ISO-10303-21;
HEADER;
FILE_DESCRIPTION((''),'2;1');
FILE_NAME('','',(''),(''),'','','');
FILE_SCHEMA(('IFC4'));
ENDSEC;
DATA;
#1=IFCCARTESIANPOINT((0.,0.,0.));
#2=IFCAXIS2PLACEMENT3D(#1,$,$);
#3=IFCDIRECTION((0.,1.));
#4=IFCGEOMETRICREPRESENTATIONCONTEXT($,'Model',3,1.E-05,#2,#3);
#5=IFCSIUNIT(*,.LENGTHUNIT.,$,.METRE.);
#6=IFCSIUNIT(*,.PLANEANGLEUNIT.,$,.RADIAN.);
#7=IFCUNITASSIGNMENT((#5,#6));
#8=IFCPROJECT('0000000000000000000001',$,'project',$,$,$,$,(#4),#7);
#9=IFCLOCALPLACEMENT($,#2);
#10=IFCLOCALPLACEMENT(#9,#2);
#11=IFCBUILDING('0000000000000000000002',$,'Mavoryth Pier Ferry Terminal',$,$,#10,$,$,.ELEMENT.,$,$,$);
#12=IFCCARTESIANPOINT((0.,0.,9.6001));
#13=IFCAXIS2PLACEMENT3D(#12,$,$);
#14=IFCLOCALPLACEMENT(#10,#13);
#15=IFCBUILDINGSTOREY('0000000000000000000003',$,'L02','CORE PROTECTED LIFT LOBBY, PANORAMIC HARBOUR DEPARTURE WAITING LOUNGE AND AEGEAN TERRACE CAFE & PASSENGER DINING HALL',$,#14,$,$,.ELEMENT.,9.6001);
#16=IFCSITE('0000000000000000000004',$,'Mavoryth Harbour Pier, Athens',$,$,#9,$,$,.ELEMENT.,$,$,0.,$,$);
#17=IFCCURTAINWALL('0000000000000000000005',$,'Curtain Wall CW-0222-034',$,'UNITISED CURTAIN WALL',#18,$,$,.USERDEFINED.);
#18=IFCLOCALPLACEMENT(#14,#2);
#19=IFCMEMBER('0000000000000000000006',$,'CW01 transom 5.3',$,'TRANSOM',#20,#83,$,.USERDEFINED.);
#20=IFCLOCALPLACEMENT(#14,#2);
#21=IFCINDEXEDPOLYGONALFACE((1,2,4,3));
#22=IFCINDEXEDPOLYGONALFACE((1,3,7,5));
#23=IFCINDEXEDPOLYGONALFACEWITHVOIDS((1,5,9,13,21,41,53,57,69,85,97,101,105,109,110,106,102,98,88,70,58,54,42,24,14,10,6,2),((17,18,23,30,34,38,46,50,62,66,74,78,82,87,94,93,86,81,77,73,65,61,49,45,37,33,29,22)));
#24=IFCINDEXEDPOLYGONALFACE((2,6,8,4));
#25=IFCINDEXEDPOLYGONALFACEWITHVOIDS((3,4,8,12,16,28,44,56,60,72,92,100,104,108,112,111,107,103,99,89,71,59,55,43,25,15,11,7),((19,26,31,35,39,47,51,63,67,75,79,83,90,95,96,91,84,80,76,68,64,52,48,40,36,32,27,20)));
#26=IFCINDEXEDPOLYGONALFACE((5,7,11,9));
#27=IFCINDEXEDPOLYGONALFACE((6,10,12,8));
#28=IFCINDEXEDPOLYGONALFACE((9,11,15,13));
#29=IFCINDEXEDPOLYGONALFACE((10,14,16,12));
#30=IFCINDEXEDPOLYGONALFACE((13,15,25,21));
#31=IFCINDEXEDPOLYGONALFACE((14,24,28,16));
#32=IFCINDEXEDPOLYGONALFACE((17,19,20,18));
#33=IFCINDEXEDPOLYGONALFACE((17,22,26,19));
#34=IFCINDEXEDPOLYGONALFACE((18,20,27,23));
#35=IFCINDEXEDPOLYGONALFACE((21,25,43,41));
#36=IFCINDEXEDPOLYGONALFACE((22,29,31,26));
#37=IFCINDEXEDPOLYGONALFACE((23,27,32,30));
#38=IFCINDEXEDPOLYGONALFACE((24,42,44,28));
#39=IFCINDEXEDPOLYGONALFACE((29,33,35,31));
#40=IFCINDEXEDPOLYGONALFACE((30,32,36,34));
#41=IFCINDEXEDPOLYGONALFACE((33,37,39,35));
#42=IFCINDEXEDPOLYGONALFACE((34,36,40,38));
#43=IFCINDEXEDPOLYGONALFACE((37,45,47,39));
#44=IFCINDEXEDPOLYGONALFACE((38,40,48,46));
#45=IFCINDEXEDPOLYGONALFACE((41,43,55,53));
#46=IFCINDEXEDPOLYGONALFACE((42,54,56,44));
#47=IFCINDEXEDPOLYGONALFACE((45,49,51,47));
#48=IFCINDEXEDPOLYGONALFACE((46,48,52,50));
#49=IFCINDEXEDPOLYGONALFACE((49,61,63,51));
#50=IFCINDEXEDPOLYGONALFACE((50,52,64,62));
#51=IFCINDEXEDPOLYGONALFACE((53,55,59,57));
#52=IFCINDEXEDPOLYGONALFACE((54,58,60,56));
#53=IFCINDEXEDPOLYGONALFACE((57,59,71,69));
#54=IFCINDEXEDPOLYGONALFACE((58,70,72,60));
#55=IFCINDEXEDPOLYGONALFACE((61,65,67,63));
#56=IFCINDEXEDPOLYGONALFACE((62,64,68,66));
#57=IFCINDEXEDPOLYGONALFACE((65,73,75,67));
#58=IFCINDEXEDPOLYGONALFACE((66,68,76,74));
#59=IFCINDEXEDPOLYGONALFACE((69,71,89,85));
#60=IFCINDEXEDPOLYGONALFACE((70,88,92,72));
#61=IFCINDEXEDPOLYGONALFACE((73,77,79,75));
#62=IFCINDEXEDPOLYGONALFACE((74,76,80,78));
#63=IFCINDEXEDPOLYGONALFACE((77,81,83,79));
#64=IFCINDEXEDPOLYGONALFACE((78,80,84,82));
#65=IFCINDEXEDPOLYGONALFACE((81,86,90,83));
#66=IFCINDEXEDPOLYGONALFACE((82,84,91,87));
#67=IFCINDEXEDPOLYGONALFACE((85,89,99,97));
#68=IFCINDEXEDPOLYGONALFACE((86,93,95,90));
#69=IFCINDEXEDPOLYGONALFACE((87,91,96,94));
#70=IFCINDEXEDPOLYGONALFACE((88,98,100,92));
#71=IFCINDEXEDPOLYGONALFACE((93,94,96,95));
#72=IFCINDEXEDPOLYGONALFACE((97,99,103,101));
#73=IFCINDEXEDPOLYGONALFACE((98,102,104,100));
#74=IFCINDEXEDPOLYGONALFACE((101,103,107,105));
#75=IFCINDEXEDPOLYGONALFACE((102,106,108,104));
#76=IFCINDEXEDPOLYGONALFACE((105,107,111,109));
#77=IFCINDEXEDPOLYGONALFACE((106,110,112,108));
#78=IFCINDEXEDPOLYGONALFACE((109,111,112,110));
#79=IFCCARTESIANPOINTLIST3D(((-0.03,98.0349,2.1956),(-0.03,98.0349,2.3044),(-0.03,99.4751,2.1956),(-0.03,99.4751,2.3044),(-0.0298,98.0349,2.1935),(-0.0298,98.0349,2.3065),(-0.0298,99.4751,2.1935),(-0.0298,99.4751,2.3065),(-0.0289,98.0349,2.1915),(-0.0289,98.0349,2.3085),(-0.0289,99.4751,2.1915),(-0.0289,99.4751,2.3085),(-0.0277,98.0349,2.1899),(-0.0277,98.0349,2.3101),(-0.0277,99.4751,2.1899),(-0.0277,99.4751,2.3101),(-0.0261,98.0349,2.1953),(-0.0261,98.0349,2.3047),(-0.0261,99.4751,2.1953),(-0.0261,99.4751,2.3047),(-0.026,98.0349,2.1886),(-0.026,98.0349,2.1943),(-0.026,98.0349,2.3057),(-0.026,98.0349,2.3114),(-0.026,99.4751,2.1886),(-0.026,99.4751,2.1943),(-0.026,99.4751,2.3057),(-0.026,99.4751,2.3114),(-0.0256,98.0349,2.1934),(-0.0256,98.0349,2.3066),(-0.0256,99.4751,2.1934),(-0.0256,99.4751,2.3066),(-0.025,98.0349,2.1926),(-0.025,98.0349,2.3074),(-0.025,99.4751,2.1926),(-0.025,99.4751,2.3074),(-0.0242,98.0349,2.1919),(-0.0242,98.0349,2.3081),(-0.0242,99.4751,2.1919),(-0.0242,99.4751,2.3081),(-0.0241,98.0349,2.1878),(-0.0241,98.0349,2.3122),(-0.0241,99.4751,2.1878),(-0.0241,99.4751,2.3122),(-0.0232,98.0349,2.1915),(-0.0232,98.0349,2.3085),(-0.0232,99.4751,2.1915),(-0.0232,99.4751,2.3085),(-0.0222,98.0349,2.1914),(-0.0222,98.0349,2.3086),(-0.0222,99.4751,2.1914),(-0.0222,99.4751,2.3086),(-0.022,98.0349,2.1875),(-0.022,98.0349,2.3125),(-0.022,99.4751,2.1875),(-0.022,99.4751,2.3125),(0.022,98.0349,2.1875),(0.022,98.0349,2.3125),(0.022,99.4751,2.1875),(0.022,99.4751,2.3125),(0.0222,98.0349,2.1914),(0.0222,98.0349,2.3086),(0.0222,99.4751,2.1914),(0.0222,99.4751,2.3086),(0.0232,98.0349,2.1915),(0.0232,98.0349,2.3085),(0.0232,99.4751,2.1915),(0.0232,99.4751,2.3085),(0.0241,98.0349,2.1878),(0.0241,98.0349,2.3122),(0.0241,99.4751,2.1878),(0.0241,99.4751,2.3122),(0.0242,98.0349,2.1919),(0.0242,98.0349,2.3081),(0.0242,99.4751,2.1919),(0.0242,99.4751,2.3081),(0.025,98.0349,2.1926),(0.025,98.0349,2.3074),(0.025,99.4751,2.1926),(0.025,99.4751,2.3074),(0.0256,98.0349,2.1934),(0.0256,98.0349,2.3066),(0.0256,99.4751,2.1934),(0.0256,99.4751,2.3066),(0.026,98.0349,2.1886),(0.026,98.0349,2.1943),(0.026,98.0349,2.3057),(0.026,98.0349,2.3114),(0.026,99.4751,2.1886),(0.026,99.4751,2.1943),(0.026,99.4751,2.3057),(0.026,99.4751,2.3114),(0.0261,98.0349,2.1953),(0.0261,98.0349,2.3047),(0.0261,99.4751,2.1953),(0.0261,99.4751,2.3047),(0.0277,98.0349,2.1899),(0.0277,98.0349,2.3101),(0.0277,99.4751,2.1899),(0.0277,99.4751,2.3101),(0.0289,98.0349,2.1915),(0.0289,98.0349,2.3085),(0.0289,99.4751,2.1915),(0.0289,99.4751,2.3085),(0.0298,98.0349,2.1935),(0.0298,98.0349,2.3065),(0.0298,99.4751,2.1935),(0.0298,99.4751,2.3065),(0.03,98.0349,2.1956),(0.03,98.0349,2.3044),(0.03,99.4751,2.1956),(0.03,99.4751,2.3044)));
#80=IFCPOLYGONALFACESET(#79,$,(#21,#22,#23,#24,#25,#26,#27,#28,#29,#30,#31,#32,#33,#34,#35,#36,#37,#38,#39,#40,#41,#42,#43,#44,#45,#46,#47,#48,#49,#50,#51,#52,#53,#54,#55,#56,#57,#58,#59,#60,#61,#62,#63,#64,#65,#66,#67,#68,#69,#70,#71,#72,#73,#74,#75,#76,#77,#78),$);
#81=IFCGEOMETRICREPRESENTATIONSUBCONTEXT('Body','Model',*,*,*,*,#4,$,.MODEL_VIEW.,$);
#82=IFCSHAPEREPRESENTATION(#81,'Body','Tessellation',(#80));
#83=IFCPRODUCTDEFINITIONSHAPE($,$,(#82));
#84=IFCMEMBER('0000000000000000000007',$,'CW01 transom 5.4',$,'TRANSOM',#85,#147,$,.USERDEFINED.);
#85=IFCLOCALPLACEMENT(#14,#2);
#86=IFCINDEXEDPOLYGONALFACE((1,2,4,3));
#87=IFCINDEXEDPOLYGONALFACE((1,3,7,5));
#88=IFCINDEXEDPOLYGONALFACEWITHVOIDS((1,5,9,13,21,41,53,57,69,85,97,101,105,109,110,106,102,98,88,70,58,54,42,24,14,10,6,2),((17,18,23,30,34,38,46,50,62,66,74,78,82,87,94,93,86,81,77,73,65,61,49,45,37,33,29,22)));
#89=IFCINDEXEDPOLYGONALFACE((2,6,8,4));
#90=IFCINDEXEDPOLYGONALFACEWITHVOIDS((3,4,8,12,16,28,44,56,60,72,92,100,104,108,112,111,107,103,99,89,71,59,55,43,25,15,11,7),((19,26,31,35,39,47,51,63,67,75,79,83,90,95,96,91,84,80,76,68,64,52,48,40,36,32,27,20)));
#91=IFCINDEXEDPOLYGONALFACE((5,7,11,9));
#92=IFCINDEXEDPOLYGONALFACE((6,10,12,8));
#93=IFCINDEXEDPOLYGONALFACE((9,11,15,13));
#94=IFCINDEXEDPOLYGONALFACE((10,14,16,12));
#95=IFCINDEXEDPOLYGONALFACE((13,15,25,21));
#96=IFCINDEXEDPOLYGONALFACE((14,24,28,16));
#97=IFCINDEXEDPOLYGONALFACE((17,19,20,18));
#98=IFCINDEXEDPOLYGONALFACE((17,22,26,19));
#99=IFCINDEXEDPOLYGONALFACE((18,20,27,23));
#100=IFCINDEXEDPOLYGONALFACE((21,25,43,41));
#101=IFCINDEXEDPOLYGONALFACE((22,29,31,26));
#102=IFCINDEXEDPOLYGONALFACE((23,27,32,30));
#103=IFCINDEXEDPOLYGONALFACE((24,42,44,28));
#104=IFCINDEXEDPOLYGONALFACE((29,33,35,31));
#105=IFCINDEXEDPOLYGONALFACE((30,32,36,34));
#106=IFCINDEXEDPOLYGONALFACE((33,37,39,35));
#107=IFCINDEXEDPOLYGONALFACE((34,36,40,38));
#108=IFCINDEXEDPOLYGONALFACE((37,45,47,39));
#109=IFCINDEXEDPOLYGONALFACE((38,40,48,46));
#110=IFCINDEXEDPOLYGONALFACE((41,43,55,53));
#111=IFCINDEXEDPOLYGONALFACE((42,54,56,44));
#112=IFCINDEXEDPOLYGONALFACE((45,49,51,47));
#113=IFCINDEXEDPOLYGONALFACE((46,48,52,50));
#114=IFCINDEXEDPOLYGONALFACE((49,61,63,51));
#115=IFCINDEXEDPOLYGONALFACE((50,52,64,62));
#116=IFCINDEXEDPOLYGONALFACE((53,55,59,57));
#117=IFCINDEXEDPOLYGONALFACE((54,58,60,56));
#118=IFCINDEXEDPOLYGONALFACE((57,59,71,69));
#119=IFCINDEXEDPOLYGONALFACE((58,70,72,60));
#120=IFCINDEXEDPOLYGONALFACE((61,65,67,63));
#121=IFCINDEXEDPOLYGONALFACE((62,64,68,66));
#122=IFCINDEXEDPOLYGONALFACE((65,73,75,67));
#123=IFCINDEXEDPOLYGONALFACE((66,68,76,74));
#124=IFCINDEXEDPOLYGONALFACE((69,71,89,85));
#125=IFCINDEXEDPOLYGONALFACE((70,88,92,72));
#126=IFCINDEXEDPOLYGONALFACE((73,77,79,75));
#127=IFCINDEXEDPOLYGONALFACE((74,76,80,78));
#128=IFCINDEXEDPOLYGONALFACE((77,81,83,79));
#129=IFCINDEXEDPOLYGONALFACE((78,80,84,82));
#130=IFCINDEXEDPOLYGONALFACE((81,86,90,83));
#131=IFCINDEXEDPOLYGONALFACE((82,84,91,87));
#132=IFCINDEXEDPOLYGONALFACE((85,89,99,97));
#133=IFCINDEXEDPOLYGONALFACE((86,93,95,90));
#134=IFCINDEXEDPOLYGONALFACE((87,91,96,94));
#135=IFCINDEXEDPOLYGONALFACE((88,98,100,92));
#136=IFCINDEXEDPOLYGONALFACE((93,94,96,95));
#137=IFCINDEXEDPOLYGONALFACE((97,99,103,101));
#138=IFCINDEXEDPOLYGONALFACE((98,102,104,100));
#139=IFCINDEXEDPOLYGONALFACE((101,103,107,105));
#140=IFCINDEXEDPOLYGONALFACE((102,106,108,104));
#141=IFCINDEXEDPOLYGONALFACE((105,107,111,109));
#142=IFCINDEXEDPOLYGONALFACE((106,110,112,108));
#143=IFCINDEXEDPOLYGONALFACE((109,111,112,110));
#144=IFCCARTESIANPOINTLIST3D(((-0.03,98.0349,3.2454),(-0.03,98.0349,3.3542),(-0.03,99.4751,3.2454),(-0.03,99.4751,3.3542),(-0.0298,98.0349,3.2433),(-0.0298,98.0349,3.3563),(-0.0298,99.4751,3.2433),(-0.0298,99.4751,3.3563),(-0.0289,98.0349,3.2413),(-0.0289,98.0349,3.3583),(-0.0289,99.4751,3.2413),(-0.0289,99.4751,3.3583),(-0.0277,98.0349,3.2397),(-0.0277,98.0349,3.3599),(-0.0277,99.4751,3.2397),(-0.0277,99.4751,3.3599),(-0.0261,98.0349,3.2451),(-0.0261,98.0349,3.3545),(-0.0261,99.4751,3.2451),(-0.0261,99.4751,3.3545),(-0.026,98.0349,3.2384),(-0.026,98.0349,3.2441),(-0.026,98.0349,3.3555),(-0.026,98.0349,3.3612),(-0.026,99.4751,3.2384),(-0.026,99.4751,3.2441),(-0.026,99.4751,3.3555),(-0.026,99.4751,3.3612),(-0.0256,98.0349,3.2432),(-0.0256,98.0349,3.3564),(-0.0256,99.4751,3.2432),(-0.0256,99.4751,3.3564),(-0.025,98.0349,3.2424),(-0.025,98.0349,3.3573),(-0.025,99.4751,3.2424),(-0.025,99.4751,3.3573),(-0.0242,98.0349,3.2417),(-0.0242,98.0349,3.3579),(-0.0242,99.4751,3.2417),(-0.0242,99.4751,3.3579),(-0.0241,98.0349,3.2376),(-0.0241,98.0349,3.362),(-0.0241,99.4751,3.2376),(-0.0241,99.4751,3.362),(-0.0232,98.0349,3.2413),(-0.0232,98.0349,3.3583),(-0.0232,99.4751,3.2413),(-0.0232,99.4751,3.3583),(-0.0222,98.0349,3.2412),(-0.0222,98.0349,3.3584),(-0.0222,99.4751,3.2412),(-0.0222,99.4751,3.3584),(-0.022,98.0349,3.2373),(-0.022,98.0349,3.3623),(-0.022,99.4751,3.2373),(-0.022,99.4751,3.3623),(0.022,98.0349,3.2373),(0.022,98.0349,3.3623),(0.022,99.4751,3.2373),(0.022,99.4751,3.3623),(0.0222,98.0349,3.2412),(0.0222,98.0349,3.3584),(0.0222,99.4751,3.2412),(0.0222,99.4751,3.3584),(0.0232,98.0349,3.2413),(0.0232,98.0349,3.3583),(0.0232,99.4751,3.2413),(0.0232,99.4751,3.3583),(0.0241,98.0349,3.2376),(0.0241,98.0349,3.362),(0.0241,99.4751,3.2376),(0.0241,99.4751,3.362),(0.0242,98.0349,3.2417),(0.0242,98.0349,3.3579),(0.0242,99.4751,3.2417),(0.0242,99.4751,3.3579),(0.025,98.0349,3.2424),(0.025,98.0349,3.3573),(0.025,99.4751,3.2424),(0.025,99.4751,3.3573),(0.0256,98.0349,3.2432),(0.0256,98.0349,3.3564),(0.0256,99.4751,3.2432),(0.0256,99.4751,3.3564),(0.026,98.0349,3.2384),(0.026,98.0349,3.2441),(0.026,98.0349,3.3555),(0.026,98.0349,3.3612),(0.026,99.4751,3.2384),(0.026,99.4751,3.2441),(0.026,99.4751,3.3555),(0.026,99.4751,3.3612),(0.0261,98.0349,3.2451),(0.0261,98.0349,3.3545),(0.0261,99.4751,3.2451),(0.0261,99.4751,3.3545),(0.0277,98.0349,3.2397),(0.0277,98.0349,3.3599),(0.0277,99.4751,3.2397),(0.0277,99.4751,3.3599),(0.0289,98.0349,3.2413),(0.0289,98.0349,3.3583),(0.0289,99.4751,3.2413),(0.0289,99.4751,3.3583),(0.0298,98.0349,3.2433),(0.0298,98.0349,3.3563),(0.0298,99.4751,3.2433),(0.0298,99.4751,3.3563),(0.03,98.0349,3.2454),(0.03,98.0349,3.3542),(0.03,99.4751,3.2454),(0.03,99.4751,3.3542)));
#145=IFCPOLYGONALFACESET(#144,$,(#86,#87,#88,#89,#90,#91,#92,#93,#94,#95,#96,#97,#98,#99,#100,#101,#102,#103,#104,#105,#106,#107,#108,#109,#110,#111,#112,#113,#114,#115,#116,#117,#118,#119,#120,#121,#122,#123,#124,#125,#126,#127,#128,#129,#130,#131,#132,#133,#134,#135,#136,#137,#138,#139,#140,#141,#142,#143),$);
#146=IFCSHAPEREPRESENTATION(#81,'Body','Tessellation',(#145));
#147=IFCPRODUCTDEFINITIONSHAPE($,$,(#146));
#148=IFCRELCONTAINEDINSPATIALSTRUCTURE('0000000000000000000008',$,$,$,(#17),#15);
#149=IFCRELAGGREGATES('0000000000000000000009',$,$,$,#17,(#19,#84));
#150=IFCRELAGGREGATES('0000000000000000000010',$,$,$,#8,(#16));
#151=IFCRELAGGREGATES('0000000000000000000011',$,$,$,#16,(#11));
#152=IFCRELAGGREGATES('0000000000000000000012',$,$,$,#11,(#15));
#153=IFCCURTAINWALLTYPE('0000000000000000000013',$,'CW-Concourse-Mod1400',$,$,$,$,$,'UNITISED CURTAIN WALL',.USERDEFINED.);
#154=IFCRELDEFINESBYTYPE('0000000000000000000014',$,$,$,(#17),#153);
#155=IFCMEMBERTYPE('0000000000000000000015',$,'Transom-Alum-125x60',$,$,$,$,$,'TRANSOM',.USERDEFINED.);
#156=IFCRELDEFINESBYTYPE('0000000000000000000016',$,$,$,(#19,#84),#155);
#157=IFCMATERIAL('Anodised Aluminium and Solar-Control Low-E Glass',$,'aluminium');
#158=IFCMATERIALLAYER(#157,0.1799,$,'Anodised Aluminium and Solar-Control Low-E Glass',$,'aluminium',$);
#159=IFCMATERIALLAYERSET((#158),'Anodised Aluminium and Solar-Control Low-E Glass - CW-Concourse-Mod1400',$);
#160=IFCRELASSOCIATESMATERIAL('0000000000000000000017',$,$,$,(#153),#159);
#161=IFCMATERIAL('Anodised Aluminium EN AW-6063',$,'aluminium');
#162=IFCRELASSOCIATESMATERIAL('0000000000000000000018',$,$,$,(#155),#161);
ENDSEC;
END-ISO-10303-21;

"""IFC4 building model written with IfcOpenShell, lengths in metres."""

from ifc_helpers import new_model, si_unit, direction, frame, origin, origin_2d, place, context, subcontext, project, spatial, hollow_rectangle, extrude, material, layer, layer_set, material_profile, profile_set, type_object, element, aggregate, save


model = new_model("IFC4")

# Units and contexts
model_context = context("Model", 3, precision=1e-05, world=origin(), true_north=direction((0.0, 1.0)))
body_context = subcontext(model_context, "Body", "Model", "MODEL_VIEW")
ifc_project = project(units=[si_unit("LENGTHUNIT", "METRE"), si_unit("PLANEANGLEUNIT", "RADIAN")], contexts=[model_context])

# Site, building, storey
site_placement = place(None, origin())
site = spatial("IfcSite", under=ifc_project, at=site_placement, Name="Mavoryth Harbour Pier, Athens", CompositionType="ELEMENT", RefElevation=0.0)
building_placement = place(site_placement, origin())
building = spatial("IfcBuilding", under=site, at=building_placement, Name="Mavoryth Pier Ferry Terminal", CompositionType="ELEMENT")
storey_placement = place(building_placement, frame((0.0, 0.0, 9.6001)))
storey = spatial("IfcBuildingStorey", under=building, at=storey_placement, Name="L02", Description="CORE PROTECTED LIFT LOBBY, PANORAMIC HARBOUR DEPARTURE WAITING LOUNGE AND AEGEAN TERRACE CAFE & PASSENGER DINING HALL", CompositionType="ELEMENT", Elevation=9.6001)

# Curtain wall
ifc_material_1 = material(Name="Anodised Aluminium and Solar-Control Low-E Glass", Category="aluminium")
ifc_layer_1 = layer(ifc_material_1, 0.1799, Name="Anodised Aluminium and Solar-Control Low-E Glass", Category="aluminium")
ifc_layer_set_1 = layer_set([ifc_layer_1], Name="Anodised Aluminium and Solar-Control Low-E Glass - CW-Concourse-Mod1400")
curtain_wall_type = type_object("IfcCurtainWallType", Name="CW-Concourse-Mod1400", ElementType="UNITISED CURTAIN WALL", PredefinedType="USERDEFINED", material=ifc_layer_set_1)
curtain_wall_placement = place(storey_placement, origin())
curtain_wall = element("IfcCurtainWall", 1, at=curtain_wall_placement, inside=storey, type_object=curtain_wall_type, Name="Curtain Wall CW-0222-034", ObjectType="UNITISED CURTAIN WALL", PredefinedType="USERDEFINED")
ifc_material_2 = material(Name="Anodised Aluminium EN AW-6063", Category="aluminium")

# Members
ifc_material_profile_1 = material_profile(ifc_material_2, hollow_rectangle(XDim=0.0601, YDim=0.125, WallThickness=0.0039, InnerFilletRadius=0.0039, OuterFilletRadius=0.0081, at=origin_2d()), Name="AL-TRAN 125x60x4", Category="aluminium")
ifc_profile_set_1 = profile_set([ifc_material_profile_1], Name="Anodised Aluminium EN AW-6063 - AL-TRAN 125x60x4")
member_type_1 = type_object("IfcMemberType", Name="Transom-Alum-125x60", ElementType="TRANSOM", PredefinedType="USERDEFINED", material=ifc_profile_set_1)
member_1_placement = place(storey_placement, frame((0.0, 99.4751, 2.25), z_axis=(0.0, -1.0, 0.0), x_axis=(1.0, 0.0, 0.0)))
member_1 = element("IfcMember", 2, at=member_1_placement, type_object=member_type_1, Name="CW01 transom 5.3", ObjectType="TRANSOM", PredefinedType="USERDEFINED", context=body_context, shape_type="SweptSolid", body=[
    extrude(hollow_rectangle(XDim=0.0601, YDim=0.125, WallThickness=0.0039, InnerFilletRadius=0.0039, OuterFilletRadius=0.0081, at=origin_2d()), origin(), (0.0, 0.0, 1.0), 1.4402),
])
member_2_placement = place(storey_placement, frame((0.0, 99.4751, 3.2998), z_axis=(0.0, -1.0, 0.0), x_axis=(1.0, 0.0, 0.0)))
member_2 = element("IfcMember", 3, at=member_2_placement, type_object=member_type_1, Name="CW01 transom 5.4", ObjectType="TRANSOM", PredefinedType="USERDEFINED", context=body_context, shape_type="SweptSolid", body=[
    extrude(hollow_rectangle(XDim=0.0601, YDim=0.125, WallThickness=0.0039, InnerFilletRadius=0.0039, OuterFilletRadius=0.0081, at=origin_2d()), origin(), (0.0, 0.0, 1.0), 1.4402),
])

aggregate(curtain_wall, [member_1, member_2])

save(model, "model.ifc")
